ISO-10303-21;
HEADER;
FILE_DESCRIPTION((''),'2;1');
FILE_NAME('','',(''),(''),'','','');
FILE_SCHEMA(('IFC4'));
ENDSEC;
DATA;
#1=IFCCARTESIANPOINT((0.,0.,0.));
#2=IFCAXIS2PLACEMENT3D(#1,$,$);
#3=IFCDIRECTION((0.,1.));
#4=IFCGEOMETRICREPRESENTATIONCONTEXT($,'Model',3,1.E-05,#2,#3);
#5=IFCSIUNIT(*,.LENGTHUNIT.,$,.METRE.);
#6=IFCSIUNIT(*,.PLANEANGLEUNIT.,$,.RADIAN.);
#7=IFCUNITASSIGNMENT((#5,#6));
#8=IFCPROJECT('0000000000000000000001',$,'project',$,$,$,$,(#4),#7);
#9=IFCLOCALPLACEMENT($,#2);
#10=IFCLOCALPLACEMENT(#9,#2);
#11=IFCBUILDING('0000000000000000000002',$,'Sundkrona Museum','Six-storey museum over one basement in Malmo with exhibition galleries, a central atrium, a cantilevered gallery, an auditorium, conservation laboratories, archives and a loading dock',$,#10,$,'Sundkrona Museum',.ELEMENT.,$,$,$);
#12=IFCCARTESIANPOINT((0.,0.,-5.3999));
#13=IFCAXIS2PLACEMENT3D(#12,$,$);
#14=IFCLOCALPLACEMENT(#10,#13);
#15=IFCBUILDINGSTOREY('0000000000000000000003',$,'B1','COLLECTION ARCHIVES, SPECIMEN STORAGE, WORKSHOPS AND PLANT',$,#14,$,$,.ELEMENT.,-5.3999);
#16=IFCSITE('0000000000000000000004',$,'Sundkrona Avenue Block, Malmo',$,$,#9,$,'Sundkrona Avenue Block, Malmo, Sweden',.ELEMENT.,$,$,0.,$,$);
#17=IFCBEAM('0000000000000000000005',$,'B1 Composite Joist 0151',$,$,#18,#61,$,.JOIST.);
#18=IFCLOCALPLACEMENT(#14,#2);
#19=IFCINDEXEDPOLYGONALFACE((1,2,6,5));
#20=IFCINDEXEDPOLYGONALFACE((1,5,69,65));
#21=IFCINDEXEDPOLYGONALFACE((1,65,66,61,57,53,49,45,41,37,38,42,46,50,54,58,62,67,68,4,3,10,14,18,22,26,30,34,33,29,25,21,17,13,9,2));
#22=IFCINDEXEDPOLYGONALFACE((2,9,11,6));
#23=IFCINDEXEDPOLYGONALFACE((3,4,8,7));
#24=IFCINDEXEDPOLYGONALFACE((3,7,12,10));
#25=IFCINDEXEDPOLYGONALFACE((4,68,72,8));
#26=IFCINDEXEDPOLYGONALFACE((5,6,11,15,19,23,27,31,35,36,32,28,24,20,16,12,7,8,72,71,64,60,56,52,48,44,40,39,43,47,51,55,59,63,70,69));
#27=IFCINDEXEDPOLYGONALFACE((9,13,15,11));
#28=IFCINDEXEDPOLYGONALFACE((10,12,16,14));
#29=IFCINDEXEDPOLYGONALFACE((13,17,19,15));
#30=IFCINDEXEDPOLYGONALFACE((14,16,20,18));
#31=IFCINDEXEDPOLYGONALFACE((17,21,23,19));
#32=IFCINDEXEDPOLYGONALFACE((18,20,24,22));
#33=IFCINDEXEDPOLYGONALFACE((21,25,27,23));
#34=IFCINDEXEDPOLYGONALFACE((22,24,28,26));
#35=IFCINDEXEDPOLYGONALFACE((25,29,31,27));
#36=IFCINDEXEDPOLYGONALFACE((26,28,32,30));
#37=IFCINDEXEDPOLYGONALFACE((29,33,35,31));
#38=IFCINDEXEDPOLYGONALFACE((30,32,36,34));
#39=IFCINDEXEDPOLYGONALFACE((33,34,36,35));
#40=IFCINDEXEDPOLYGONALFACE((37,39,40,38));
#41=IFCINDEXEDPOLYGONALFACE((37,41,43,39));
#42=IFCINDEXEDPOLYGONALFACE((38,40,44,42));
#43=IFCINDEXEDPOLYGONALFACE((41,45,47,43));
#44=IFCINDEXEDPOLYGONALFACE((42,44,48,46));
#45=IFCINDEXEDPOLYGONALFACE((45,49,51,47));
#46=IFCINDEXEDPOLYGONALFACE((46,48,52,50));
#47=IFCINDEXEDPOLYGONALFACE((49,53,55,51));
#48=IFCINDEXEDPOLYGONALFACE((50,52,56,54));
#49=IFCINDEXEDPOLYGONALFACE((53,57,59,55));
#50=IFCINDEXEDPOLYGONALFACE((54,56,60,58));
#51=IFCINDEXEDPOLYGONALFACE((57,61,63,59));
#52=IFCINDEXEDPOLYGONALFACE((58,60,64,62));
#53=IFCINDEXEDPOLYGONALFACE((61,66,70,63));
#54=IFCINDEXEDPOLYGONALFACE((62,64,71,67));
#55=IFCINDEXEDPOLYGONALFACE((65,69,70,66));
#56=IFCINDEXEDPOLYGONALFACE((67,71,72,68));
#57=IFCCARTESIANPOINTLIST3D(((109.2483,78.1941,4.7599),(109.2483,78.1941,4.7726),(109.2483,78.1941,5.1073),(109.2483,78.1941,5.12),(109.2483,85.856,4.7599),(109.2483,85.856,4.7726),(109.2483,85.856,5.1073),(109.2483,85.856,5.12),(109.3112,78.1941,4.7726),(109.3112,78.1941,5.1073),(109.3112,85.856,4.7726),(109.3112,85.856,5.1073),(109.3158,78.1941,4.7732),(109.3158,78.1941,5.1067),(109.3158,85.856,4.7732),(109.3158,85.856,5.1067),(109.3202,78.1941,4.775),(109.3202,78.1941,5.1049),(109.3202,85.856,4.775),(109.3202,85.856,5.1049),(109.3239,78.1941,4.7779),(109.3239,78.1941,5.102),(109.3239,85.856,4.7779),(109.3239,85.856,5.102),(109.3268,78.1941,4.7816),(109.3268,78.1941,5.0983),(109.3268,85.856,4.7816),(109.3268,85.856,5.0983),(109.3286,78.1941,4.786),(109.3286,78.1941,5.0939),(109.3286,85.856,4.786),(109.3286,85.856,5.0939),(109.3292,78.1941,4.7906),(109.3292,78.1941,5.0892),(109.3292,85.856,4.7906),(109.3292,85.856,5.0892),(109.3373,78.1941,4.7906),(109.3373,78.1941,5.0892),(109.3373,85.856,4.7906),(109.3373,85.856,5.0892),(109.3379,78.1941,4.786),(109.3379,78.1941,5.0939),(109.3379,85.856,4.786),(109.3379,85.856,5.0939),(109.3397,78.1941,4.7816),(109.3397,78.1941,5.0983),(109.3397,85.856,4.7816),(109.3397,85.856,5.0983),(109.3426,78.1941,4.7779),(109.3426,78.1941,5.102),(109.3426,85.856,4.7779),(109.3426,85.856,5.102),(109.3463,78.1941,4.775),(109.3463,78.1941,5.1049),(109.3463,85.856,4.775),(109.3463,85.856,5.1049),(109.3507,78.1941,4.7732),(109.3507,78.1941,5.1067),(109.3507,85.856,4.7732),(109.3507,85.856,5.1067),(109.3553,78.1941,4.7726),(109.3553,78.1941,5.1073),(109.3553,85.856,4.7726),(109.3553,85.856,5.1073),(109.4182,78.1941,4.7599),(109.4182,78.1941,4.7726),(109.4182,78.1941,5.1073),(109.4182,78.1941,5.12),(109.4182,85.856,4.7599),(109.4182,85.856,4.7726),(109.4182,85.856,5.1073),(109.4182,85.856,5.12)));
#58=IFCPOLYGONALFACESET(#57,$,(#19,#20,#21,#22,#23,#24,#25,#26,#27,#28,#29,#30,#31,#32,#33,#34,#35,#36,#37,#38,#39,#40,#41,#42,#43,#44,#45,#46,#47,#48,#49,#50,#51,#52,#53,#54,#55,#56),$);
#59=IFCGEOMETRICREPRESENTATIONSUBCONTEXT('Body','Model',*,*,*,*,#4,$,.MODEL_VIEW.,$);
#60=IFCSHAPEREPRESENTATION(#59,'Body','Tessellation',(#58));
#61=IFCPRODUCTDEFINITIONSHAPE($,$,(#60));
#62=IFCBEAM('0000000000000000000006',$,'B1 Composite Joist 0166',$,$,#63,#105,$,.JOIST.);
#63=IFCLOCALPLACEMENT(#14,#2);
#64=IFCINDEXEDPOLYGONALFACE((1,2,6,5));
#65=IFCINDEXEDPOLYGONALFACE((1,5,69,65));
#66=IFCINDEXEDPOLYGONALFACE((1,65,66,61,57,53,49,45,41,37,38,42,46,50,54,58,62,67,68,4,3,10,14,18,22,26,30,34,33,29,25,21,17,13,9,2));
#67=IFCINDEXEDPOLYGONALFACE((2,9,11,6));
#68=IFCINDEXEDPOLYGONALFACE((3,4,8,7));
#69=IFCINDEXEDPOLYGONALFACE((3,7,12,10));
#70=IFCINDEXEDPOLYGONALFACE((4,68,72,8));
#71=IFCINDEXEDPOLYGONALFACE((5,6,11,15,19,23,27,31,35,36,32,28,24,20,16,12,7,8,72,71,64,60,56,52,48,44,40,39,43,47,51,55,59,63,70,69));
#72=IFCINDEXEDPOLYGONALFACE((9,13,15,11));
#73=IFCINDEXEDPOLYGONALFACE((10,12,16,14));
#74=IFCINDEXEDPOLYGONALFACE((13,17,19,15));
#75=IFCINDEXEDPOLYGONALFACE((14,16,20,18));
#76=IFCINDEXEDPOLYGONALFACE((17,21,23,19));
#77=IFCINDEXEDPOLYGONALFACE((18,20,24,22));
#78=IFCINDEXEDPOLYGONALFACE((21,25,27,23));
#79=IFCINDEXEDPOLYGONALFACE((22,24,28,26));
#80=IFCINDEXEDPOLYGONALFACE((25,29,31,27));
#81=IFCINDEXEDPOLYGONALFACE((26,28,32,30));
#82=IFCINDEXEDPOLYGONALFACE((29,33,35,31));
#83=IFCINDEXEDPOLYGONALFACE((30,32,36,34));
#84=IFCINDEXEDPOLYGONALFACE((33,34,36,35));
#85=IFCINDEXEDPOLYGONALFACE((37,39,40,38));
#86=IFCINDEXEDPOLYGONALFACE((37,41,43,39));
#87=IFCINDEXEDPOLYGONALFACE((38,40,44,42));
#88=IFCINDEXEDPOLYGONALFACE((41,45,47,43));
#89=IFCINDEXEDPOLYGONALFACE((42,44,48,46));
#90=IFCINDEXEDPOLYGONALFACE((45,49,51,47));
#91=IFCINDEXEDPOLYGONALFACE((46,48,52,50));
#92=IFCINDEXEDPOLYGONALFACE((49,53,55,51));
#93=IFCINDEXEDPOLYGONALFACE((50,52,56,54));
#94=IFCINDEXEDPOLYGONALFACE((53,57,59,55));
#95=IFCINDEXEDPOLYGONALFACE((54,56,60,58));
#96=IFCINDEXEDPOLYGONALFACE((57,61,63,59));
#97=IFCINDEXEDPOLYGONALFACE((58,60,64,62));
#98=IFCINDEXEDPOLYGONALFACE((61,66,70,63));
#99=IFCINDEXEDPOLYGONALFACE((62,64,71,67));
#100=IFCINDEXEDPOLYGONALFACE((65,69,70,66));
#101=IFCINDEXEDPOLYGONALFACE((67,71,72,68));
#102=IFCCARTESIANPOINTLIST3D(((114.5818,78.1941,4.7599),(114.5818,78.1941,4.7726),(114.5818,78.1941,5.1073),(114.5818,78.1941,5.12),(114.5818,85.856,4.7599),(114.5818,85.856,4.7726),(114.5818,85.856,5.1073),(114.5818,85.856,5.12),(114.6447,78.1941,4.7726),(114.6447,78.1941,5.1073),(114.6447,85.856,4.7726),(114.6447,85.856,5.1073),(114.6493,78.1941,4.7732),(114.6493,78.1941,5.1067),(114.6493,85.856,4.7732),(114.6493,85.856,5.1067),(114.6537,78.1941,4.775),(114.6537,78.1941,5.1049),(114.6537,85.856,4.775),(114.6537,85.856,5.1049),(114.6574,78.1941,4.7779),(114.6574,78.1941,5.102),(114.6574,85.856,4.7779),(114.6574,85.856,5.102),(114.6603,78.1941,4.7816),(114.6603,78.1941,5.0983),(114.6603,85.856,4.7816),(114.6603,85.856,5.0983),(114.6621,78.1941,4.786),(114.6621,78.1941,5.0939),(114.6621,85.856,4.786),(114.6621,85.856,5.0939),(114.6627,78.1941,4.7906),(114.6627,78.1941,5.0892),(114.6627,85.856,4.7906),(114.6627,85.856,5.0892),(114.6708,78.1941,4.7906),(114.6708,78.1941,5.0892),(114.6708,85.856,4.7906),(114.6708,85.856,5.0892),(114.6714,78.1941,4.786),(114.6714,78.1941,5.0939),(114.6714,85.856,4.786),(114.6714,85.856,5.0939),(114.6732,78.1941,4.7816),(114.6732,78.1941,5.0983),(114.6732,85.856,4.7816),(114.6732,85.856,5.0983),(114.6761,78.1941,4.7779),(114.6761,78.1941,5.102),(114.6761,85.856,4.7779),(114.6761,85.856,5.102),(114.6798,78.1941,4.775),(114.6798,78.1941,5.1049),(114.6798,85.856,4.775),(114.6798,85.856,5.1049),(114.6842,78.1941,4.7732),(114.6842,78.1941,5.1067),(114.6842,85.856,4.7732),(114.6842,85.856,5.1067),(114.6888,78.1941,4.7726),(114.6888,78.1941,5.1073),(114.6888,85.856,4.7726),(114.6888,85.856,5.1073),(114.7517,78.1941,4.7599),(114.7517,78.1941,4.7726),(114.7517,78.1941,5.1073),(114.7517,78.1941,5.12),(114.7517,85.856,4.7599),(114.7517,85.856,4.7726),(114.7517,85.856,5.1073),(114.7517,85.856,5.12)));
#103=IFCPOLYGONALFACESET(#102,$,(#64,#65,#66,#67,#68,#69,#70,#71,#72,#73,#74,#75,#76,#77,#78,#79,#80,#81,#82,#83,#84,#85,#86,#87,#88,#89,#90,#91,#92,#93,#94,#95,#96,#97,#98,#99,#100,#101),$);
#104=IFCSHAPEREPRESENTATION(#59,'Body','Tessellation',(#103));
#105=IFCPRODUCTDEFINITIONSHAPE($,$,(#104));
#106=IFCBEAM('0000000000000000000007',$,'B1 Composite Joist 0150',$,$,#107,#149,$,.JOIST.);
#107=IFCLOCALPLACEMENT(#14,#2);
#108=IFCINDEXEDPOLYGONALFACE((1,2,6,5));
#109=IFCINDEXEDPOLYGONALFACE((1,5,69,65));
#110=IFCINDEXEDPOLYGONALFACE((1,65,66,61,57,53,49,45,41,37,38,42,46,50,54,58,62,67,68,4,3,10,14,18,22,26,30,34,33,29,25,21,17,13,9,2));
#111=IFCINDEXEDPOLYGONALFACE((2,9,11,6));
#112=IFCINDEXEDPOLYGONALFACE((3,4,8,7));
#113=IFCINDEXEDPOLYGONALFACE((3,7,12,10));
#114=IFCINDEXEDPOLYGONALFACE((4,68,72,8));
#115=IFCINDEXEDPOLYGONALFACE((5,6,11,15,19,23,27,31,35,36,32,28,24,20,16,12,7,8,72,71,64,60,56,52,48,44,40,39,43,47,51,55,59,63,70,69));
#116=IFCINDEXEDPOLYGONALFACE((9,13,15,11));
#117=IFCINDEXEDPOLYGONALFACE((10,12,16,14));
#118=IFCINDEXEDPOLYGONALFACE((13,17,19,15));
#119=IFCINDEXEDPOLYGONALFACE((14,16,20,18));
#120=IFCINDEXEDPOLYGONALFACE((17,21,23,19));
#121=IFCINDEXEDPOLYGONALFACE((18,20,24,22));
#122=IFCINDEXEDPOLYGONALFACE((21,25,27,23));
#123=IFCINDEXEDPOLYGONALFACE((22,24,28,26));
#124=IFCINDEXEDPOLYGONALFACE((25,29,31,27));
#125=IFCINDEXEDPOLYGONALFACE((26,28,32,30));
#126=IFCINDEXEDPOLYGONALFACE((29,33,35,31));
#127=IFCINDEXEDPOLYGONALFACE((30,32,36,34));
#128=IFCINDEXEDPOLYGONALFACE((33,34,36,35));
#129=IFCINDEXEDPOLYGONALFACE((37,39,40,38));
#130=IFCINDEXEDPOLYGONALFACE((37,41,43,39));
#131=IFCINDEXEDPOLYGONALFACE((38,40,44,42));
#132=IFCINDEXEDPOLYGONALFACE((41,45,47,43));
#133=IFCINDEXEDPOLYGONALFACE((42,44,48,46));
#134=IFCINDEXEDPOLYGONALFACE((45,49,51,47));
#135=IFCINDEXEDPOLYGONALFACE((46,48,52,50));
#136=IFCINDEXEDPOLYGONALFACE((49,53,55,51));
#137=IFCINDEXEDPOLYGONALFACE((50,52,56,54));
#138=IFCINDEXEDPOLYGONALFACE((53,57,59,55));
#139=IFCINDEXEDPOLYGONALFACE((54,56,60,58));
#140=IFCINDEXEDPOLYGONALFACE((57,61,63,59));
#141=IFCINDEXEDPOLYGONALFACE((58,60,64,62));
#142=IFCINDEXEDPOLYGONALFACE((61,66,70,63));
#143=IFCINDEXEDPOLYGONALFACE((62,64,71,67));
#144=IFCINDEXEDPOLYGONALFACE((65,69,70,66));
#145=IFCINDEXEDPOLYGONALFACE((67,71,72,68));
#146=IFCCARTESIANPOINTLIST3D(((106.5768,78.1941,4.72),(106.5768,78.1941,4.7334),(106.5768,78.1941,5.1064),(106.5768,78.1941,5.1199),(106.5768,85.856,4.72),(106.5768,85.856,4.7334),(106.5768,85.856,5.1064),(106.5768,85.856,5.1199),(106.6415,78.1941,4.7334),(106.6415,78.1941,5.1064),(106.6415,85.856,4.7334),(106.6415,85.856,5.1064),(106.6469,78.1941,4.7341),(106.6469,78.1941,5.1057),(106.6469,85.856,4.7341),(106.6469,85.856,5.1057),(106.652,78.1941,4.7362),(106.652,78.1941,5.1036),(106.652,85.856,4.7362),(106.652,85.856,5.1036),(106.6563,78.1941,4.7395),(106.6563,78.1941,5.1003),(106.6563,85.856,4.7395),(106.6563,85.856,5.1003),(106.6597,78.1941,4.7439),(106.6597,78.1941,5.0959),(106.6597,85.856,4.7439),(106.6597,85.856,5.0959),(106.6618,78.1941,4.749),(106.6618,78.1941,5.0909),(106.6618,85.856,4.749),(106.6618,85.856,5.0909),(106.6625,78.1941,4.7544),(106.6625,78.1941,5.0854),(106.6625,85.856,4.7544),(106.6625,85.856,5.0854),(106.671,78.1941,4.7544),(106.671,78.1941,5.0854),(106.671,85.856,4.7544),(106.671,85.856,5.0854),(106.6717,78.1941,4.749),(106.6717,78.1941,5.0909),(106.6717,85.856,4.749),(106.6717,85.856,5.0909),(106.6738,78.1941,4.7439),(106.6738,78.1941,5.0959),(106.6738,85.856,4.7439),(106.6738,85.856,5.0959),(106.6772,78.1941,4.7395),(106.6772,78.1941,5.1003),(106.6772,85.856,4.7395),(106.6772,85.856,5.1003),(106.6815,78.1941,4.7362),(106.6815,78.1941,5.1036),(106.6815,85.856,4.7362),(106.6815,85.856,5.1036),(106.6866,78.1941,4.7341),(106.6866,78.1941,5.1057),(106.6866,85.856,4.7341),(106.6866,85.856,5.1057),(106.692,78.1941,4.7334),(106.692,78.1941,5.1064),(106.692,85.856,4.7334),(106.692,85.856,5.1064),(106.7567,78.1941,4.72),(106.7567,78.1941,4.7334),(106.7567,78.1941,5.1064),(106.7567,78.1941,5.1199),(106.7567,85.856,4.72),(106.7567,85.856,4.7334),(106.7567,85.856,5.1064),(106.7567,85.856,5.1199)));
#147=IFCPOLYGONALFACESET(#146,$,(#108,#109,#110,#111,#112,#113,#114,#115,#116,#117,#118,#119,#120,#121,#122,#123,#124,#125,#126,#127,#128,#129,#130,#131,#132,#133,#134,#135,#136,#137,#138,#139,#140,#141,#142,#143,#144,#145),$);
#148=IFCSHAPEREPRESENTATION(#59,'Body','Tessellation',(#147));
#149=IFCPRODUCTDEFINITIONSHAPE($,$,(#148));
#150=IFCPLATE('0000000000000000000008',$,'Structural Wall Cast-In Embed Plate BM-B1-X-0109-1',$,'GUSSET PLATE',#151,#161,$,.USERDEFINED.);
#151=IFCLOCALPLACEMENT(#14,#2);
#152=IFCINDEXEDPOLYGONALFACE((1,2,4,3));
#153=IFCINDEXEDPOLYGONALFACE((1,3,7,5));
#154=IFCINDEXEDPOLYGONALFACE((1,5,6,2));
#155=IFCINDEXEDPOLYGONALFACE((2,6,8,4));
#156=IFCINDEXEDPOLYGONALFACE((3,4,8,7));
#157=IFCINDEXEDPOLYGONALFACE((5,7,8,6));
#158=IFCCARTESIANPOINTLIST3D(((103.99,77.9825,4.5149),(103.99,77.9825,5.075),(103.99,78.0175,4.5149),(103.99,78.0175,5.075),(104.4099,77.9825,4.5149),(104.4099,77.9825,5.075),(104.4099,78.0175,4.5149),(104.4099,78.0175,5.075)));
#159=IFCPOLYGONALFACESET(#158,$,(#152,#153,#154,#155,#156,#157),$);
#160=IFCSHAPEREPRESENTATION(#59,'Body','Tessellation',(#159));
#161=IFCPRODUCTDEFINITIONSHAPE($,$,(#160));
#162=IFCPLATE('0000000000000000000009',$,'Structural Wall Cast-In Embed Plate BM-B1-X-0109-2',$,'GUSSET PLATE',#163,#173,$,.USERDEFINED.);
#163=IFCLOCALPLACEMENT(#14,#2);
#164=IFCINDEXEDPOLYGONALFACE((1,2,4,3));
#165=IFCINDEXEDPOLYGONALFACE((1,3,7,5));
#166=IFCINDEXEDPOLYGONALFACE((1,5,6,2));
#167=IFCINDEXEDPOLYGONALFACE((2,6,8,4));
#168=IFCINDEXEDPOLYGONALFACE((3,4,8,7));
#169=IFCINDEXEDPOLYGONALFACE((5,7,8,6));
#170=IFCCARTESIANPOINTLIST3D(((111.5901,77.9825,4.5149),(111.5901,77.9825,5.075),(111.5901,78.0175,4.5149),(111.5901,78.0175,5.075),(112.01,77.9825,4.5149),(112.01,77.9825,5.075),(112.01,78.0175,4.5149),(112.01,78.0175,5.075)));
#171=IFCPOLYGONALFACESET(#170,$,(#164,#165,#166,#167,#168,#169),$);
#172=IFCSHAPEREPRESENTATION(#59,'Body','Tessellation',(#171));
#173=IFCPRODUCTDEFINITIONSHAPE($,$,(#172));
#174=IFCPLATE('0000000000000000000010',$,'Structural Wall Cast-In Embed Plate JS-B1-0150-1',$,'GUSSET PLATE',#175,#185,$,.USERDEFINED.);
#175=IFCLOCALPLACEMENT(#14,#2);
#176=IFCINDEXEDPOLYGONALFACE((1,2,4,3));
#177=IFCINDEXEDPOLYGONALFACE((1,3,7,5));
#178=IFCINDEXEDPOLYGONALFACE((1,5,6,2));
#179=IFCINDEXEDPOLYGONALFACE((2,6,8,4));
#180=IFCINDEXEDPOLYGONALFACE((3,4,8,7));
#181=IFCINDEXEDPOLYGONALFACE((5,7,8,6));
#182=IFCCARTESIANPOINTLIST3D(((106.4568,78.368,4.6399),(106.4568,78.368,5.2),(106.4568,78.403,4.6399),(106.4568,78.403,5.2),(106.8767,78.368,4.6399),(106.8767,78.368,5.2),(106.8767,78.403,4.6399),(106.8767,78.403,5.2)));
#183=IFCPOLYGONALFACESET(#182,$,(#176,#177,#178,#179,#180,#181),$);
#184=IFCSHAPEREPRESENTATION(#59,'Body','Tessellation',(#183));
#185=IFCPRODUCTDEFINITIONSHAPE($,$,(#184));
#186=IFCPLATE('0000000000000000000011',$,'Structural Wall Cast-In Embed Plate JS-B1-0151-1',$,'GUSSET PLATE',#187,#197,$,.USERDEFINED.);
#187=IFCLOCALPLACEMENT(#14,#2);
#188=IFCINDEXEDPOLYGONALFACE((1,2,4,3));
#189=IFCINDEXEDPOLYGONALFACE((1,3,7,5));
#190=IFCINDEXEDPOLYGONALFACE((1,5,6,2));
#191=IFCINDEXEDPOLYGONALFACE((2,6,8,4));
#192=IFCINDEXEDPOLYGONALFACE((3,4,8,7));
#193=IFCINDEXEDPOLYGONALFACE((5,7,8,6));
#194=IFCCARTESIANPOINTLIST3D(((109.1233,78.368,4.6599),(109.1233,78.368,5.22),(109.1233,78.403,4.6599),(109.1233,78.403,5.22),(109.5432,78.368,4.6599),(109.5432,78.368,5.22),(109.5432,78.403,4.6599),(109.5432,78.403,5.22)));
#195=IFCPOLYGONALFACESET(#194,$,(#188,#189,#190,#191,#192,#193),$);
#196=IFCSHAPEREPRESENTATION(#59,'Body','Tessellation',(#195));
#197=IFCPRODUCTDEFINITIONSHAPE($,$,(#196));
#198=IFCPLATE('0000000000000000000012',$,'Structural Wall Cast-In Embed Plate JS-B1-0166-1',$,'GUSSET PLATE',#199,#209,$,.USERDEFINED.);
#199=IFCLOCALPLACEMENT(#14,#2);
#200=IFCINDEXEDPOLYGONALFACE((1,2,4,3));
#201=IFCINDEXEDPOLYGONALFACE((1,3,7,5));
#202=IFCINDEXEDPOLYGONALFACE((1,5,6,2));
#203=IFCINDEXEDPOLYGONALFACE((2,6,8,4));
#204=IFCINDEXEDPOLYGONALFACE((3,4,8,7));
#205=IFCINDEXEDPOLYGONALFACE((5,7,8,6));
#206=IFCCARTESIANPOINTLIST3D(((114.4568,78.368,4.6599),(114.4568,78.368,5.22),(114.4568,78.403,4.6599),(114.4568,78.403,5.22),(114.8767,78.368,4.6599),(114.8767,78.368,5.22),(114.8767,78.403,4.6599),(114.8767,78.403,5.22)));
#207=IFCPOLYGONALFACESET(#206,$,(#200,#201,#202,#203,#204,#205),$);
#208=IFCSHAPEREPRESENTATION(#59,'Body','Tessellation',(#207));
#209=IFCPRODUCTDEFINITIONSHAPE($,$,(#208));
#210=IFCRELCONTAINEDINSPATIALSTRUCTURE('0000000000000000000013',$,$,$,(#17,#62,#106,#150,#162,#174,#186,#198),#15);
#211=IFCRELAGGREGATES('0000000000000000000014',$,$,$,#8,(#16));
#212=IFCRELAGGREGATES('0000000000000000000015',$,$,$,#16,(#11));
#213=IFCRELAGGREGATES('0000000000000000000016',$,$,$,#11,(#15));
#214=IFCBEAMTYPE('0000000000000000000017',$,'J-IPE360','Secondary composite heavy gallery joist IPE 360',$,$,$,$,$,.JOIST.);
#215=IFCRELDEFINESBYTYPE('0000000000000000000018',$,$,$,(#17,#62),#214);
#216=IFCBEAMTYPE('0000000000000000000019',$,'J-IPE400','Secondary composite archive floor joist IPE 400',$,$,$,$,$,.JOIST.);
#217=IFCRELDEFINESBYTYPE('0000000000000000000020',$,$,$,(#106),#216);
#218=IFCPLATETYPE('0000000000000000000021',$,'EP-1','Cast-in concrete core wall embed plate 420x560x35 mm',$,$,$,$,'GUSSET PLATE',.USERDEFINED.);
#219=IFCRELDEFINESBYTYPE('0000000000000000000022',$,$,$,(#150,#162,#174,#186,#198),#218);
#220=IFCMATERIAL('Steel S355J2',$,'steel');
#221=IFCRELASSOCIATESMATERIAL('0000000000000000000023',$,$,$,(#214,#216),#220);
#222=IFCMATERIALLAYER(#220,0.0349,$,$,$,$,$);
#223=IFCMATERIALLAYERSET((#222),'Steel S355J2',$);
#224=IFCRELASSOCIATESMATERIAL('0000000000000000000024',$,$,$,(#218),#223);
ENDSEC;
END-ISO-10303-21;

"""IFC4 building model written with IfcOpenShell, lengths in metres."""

from ifc_helpers import new_model, si_unit, direction, frame, origin, origin_2d, place, context, subcontext, project, spatial, rectangle, i_section, extrude, material, layer, layer_set, material_profile, profile_set, type_object, element, save


model = new_model("IFC4")

# Units and contexts
model_context = context("Model", 3, precision=1e-05, world=origin(), true_north=direction((0.0, 1.0)))
body_context = subcontext(model_context, "Body", "Model", "MODEL_VIEW")
ifc_project = project(units=[si_unit("LENGTHUNIT", "METRE"), si_unit("PLANEANGLEUNIT", "RADIAN")], contexts=[model_context])

# Site, building, storey
site_placement = place(None, origin())
site = spatial("IfcSite", under=ifc_project, at=site_placement, Name="Sundkrona Avenue Block, Malmo", LongName="Sundkrona Avenue Block, Malmo, Sweden", CompositionType="ELEMENT", RefElevation=0.0)
building_placement = place(site_placement, origin())
building = spatial("IfcBuilding", under=site, at=building_placement, Name="Sundkrona Museum", Description="Six-storey museum over one basement in Malmo with exhibition galleries, a central atrium, a cantilevered gallery, an auditorium, conservation laboratories, archives and a loading dock", LongName="Sundkrona Museum", CompositionType="ELEMENT")
storey_placement = place(building_placement, frame((0.0, 0.0, -5.3999)))
storey = spatial("IfcBuildingStorey", under=building, at=storey_placement, Name="B1", Description="COLLECTION ARCHIVES, SPECIMEN STORAGE, WORKSHOPS AND PLANT", CompositionType="ELEMENT", Elevation=-5.3999)

# Beams
ifc_material_1 = material(Name="Steel S355J2", Category="steel")
ifc_material_profile_1 = material_profile(ifc_material_1, i_section(OverallWidth=0.1699, OverallDepth=0.3601, WebThickness=0.0081, FlangeThickness=0.0127, FilletRadius=0.0181, at=origin_2d()), Name="IPE 360")
ifc_profile_set_1 = profile_set([ifc_material_profile_1], Name="Steel S355J2")
beam_type_1 = type_object("IfcBeamType", Name="J-IPE360", Description="Secondary composite heavy gallery joist IPE 360", PredefinedType="JOIST", material=ifc_profile_set_1)
for number, where, z_axis, x_axis, name in (
    (1, (109.3333, 78.1941, 4.9399), (0.0, 1.0, 0.0), (-1.0, 0.0, 0.0), "B1 Composite Joist 0151"),
    (2, (114.6667, 78.1941, 4.9399), (0.0, 1.0, 0.0), (-1.0, 0.0, 0.0), "B1 Composite Joist 0166"),
):
    element("IfcBeam", number, at=place(storey_placement, frame(where, z_axis=z_axis, x_axis=x_axis)), inside=storey, type_object=beam_type_1, Name=name, PredefinedType="JOIST", context=body_context, shape_type="SweptSolid", body=[
        extrude(i_section(OverallWidth=0.1699, OverallDepth=0.3601, WebThickness=0.0081, FlangeThickness=0.0127, FilletRadius=0.0181, at=origin_2d()), origin(), (0.0, 0.0, 1.0), 7.6619),
    ])
ifc_material_profile_2 = material_profile(ifc_material_1, i_section(OverallWidth=0.1799, OverallDepth=0.3999, WebThickness=0.0085, FlangeThickness=0.0134, FilletRadius=0.021, at=origin_2d()), Name="IPE 400")
ifc_profile_set_2 = profile_set([ifc_material_profile_2], Name="Steel S355J2")
beam_type_2 = type_object("IfcBeamType", Name="J-IPE400", Description="Secondary composite archive floor joist IPE 400", PredefinedType="JOIST", material=ifc_profile_set_2)
beam_1_placement = place(storey_placement, frame((106.6667, 78.1941, 4.9199), z_axis=(0.0, 1.0, 0.0), x_axis=(-1.0, 0.0, 0.0)))
element("IfcBeam", 3, at=beam_1_placement, inside=storey, type_object=beam_type_2, Name="B1 Composite Joist 0150", PredefinedType="JOIST", context=body_context, shape_type="SweptSolid", body=[
    extrude(i_section(OverallWidth=0.1799, OverallDepth=0.3999, WebThickness=0.0085, FlangeThickness=0.0134, FilletRadius=0.021, at=origin_2d()), origin(), (0.0, 0.0, 1.0), 7.6619),
])

# Plates
ifc_layer = layer(ifc_material_1, 0.0349)
ifc_layer_set = layer_set([ifc_layer], Name="Steel S355J2")
plate_type = type_object("IfcPlateType", Name="EP-1", Description="Cast-in concrete core wall embed plate 420x560x35 mm", ElementType="GUSSET PLATE", PredefinedType="USERDEFINED", material=ifc_layer_set)
for number, where, z_axis, x_axis, name in (
    (4, (104.2, 78.0, 4.5149), (0.0, 0.0, 1.0), (1.0, 0.0, 0.0), "Structural Wall Cast-In Embed Plate BM-B1-X-0109-1"),
    (5, (111.8, 78.0, 4.5149), (0.0, 0.0, 1.0), (1.0, 0.0, 0.0), "Structural Wall Cast-In Embed Plate BM-B1-X-0109-2"),
    (6, (106.6667, 78.3855, 4.6399), (0.0, 0.0, 1.0), (1.0, 0.0, 0.0), "Structural Wall Cast-In Embed Plate JS-B1-0150-1"),
    (7, (109.3333, 78.3855, 4.6599), (0.0, 0.0, 1.0), (1.0, 0.0, 0.0), "Structural Wall Cast-In Embed Plate JS-B1-0151-1"),
    (8, (114.6667, 78.3855, 4.6599), (0.0, 0.0, 1.0), (1.0, 0.0, 0.0), "Structural Wall Cast-In Embed Plate JS-B1-0166-1"),
):
    element("IfcPlate", number, at=place(storey_placement, frame(where, z_axis=z_axis, x_axis=x_axis)), inside=storey, type_object=plate_type, Name=name, ObjectType="GUSSET PLATE", PredefinedType="USERDEFINED", context=body_context, shape_type="SweptSolid", body=[
        extrude(rectangle(XDim=0.4199, YDim=0.0349, at=origin_2d()), origin(), (0.0, 0.0, 1.0), 0.5601),
    ])

save(model, "model.ifc")
